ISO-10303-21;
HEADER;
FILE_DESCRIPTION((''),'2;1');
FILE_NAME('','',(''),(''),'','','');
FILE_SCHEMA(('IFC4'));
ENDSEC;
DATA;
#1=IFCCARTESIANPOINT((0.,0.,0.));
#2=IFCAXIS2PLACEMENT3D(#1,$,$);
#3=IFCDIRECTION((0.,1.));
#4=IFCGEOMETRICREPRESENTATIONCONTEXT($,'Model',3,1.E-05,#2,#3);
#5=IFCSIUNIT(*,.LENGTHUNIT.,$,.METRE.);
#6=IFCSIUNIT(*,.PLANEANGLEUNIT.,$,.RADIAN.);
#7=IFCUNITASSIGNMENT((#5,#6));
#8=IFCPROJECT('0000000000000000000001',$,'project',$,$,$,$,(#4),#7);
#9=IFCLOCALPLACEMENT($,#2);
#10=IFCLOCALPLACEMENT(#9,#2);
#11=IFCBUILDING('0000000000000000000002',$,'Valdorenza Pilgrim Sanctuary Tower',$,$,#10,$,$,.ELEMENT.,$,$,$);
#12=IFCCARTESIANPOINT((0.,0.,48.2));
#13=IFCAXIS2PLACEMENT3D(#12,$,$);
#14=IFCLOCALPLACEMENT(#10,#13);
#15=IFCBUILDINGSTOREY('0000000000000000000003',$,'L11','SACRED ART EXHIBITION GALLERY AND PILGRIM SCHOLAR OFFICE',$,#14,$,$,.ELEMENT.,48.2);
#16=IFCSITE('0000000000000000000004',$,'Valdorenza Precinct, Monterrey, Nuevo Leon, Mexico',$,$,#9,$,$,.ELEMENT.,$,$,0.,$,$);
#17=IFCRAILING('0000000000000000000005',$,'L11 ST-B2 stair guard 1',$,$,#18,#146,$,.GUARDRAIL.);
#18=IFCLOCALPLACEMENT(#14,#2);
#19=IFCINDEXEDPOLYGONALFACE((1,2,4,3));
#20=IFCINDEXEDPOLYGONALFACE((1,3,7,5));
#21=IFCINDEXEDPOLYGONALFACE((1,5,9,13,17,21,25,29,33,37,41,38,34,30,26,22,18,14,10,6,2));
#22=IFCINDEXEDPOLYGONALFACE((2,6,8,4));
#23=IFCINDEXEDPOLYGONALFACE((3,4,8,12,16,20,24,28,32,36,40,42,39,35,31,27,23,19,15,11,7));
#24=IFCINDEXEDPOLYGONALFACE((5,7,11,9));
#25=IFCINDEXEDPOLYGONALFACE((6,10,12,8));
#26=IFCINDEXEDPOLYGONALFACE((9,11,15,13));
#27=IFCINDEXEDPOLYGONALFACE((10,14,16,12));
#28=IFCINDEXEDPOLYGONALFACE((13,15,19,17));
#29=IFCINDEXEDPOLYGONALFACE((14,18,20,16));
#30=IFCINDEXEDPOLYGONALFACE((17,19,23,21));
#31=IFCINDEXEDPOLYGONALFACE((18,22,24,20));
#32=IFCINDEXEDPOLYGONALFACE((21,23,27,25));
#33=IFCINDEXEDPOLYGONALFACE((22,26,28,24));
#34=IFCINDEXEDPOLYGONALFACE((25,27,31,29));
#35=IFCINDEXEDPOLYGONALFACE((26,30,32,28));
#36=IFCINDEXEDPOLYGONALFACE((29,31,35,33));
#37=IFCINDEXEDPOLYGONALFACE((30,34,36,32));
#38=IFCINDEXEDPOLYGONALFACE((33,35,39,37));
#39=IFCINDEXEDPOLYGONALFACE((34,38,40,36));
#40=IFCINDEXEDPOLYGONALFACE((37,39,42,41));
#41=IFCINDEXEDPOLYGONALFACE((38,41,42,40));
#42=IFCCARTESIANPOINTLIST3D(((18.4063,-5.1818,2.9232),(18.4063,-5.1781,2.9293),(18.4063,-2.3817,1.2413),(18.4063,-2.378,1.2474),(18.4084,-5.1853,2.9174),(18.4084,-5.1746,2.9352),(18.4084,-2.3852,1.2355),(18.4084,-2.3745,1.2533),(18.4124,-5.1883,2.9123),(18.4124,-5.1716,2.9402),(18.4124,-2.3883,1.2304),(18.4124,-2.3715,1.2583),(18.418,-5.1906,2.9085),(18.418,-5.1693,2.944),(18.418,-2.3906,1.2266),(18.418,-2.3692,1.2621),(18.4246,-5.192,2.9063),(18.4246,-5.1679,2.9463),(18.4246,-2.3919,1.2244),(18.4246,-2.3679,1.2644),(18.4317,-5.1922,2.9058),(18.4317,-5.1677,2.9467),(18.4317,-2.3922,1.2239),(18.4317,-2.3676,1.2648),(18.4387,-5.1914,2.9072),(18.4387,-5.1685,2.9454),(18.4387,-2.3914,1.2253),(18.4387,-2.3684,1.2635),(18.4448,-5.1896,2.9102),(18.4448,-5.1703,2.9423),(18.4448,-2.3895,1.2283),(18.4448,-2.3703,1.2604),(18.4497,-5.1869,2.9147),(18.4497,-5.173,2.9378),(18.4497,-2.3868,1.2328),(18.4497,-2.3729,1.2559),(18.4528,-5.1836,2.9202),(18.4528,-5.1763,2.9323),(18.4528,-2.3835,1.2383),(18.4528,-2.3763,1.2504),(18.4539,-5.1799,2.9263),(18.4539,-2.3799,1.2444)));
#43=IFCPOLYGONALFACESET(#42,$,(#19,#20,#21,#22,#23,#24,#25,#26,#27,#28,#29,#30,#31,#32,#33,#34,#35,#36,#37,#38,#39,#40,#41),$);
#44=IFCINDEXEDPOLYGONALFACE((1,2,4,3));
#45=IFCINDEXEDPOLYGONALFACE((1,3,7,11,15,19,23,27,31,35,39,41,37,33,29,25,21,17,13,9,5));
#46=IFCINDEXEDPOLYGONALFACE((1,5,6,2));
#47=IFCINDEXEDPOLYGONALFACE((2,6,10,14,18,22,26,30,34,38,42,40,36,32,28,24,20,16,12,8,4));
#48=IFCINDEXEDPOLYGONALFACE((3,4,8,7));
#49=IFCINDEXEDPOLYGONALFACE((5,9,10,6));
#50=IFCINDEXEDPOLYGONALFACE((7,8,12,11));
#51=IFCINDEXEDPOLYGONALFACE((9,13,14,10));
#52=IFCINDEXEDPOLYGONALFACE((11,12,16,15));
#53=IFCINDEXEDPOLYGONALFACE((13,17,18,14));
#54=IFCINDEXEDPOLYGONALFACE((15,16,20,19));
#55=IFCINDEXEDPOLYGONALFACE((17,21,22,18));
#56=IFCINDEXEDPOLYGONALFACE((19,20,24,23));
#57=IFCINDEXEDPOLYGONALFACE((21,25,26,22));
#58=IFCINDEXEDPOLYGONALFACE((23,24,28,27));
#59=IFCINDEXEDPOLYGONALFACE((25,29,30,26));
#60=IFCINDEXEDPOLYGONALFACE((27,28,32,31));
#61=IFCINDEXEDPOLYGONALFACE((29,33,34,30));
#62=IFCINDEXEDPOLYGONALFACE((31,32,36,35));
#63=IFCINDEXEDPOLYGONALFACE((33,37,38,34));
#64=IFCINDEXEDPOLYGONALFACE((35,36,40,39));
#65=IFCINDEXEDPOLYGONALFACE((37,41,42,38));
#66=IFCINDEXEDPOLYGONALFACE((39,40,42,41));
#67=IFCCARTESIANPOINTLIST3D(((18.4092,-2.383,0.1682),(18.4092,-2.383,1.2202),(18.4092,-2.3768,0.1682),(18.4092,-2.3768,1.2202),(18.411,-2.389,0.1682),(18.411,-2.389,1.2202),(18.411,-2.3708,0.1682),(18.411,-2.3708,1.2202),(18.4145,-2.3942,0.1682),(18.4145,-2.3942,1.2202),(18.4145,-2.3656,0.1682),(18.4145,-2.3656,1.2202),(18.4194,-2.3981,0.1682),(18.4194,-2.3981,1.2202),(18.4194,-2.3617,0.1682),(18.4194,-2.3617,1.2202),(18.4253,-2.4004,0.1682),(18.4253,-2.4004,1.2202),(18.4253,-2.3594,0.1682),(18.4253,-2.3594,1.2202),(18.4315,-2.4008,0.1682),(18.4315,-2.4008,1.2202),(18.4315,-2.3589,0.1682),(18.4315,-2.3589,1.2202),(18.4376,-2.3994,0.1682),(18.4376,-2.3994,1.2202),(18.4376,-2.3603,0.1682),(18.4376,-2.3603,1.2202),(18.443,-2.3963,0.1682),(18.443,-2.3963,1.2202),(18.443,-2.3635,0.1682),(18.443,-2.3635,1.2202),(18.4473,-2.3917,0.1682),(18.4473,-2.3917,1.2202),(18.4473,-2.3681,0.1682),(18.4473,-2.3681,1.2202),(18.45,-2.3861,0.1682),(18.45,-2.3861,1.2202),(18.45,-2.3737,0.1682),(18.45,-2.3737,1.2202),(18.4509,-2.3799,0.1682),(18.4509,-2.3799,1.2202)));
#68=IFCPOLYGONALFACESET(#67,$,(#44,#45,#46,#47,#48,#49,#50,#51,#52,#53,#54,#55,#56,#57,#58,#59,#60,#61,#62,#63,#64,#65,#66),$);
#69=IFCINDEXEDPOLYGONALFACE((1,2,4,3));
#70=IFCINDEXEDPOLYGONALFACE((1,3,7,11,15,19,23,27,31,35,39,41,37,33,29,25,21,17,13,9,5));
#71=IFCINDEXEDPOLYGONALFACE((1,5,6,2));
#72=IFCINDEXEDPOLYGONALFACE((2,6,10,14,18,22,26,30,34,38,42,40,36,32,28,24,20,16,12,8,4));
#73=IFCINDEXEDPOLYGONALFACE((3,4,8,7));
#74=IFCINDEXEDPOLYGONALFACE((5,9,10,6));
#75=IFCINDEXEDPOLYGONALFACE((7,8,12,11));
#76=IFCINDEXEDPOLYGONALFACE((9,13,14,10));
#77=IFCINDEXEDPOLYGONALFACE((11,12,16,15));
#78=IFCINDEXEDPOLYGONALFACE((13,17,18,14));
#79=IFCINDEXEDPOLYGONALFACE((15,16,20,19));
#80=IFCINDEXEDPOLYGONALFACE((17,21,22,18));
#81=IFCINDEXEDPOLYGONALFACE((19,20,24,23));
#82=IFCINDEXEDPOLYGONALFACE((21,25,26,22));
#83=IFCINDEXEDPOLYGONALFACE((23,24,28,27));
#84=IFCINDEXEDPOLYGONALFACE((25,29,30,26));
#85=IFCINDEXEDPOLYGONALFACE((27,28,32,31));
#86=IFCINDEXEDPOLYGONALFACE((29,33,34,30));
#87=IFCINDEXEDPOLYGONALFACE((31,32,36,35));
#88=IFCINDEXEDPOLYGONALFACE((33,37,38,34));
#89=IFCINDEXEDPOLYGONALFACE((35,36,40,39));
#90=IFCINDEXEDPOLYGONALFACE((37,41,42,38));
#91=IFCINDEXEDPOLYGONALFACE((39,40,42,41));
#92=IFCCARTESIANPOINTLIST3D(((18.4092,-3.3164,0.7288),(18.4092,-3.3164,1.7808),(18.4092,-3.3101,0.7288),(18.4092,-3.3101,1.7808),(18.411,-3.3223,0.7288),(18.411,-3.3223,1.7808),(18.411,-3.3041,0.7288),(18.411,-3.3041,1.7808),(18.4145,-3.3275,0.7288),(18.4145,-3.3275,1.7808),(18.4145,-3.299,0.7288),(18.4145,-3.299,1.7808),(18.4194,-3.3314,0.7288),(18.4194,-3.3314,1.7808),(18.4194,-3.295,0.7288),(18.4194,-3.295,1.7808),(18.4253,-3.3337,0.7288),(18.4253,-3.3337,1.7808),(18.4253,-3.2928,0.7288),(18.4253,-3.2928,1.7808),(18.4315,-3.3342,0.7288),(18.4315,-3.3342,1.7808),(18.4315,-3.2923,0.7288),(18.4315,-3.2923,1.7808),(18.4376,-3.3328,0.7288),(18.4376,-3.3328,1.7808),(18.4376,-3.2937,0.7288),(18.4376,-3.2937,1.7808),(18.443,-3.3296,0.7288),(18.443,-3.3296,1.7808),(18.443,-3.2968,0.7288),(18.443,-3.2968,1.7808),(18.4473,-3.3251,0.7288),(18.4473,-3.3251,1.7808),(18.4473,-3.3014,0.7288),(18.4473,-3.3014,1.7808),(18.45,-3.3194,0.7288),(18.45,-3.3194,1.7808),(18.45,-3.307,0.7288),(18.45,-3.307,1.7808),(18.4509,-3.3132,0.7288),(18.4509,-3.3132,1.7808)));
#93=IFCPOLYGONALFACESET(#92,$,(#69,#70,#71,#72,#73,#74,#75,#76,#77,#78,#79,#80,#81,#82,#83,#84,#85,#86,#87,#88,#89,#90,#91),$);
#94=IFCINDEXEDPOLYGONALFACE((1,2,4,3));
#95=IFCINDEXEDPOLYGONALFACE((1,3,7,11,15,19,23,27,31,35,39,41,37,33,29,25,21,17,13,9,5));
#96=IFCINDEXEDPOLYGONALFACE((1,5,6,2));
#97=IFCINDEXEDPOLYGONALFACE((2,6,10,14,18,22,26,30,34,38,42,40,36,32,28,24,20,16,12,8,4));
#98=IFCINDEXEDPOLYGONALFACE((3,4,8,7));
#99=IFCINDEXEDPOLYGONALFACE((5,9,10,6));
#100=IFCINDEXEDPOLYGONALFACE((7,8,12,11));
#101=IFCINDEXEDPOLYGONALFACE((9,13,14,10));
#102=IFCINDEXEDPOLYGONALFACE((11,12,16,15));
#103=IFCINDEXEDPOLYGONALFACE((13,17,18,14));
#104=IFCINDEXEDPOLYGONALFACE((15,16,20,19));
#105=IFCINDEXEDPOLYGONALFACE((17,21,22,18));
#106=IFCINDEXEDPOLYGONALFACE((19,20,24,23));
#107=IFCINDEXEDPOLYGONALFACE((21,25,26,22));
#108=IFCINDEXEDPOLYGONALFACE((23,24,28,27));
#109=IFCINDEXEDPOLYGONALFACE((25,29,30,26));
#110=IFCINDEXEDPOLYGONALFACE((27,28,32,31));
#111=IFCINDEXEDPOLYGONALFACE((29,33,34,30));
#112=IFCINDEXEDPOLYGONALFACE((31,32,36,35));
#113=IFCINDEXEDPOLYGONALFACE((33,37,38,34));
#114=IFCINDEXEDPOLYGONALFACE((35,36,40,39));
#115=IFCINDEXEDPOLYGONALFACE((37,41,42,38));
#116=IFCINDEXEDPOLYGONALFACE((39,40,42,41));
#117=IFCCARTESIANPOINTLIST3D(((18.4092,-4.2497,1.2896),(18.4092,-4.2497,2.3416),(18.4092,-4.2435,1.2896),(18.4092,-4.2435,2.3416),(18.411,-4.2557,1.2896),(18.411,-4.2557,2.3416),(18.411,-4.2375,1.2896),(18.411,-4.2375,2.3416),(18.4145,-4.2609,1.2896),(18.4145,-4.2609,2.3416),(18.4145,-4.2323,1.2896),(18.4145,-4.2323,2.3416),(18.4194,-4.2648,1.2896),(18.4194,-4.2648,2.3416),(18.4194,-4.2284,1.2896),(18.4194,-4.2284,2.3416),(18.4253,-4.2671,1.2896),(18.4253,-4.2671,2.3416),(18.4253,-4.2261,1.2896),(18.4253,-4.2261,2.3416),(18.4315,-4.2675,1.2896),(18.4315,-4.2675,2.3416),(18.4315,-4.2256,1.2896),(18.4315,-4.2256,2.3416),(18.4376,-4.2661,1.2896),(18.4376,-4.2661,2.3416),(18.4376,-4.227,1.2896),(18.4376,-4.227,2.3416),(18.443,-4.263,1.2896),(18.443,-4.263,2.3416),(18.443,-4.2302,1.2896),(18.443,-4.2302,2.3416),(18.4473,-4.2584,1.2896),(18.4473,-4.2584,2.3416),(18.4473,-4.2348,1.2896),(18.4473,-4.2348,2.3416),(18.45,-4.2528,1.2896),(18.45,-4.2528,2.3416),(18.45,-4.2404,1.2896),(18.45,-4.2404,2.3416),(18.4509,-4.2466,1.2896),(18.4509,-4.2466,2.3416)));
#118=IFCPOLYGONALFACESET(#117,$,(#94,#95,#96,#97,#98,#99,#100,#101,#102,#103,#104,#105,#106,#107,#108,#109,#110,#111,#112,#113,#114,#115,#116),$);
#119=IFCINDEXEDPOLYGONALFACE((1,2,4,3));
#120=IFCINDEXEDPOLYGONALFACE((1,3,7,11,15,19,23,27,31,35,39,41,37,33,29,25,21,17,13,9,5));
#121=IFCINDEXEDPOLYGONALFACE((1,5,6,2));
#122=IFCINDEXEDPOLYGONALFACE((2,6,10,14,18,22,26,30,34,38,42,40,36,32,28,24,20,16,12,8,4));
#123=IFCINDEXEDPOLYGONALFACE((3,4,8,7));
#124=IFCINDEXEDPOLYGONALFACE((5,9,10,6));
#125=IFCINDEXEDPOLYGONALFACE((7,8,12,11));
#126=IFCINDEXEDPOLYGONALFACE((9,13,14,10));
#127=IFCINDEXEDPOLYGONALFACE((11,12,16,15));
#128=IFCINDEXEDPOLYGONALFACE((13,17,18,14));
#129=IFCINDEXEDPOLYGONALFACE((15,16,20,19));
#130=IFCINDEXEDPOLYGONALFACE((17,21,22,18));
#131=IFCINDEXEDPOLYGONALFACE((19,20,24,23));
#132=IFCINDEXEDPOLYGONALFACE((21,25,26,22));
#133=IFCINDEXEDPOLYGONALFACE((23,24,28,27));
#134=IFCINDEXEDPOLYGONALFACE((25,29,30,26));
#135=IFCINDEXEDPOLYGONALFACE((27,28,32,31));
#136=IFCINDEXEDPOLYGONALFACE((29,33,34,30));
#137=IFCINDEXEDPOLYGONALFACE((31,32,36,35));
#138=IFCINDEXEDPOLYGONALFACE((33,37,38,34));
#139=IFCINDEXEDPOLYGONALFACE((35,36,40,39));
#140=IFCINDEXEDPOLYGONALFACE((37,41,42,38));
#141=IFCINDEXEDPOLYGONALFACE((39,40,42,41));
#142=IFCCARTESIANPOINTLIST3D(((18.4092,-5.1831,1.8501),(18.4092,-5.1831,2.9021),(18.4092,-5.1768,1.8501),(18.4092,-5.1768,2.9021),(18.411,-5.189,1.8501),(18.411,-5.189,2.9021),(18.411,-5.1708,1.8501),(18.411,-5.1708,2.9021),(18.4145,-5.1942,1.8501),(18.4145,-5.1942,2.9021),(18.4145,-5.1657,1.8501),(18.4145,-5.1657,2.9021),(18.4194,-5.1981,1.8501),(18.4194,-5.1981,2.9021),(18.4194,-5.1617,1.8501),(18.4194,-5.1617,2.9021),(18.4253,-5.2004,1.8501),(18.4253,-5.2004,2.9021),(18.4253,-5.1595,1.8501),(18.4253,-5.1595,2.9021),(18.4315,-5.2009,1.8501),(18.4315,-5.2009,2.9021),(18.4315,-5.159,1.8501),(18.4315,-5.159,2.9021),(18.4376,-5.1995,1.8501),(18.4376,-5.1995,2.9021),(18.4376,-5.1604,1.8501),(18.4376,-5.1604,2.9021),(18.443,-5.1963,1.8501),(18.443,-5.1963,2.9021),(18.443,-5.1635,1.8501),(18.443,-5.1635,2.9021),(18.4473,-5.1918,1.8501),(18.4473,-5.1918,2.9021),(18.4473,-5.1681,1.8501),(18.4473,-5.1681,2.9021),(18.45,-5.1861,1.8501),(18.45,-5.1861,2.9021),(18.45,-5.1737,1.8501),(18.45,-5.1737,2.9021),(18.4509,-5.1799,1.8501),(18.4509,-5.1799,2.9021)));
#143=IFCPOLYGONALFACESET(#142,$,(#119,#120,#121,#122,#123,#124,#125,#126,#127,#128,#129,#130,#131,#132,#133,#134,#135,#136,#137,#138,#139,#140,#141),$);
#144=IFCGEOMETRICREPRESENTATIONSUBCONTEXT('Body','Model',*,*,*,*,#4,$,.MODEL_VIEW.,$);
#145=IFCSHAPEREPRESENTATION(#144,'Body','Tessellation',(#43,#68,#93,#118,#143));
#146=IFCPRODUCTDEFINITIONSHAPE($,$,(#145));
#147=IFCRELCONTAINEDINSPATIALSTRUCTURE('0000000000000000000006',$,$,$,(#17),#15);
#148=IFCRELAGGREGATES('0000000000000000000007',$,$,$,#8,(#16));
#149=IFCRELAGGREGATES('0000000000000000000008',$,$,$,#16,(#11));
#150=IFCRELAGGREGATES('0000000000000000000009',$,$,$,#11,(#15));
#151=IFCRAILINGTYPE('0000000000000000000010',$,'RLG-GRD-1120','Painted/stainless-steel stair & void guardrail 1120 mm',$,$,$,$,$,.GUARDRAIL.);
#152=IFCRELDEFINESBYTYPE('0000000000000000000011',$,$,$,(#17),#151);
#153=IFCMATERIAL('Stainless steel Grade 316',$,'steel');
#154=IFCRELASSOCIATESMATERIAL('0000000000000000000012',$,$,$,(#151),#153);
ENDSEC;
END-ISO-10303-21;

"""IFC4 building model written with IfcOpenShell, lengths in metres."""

from ifc_helpers import new_model, si_unit, direction, frame, origin, origin_2d, place, context, subcontext, project, spatial, circle, extrude, material, type_object, element, save


model = new_model("IFC4")

# Units and contexts
model_context = context("Model", 3, precision=1e-05, world=origin(), true_north=direction((0.0, 1.0)))
body_context = subcontext(model_context, "Body", "Model", "MODEL_VIEW")
ifc_project = project(units=[si_unit("LENGTHUNIT", "METRE"), si_unit("PLANEANGLEUNIT", "RADIAN")], contexts=[model_context])

# Site, building, storey
site_placement = place(None, origin())
site = spatial("IfcSite", under=ifc_project, at=site_placement, Name="Valdorenza Precinct, Monterrey, Nuevo Leon, Mexico", CompositionType="ELEMENT", RefElevation=0.0)
building_placement = place(site_placement, origin())
building = spatial("IfcBuilding", under=site, at=building_placement, Name="Valdorenza Pilgrim Sanctuary Tower", CompositionType="ELEMENT")
storey_placement = place(building_placement, frame((0.0, 0.0, 48.2)))
storey = spatial("IfcBuildingStorey", under=building, at=storey_placement, Name="L11", Description="SACRED ART EXHIBITION GALLERY AND PILGRIM SCHOLAR OFFICE", CompositionType="ELEMENT", Elevation=48.2)

# Railing
ifc_material_1 = material(Name="Stainless steel Grade 316", Category="steel")
railing_type_1 = type_object("IfcRailingType", Name="RLG-GRD-1120", Description="Painted/stainless-steel stair & void guardrail 1120 mm", PredefinedType="GUARDRAIL", material=ifc_material_1)
railing_1_placement = place(storey_placement, frame((18.4299, -2.3799, 0.1682)))
element("IfcRailing", 1, at=railing_1_placement, inside=storey, type_object=railing_type_1, Name="L11 ST-B2 stair guard 1", PredefinedType="GUARDRAIL", context=body_context, shape_type="SweptSolid", body=[
    extrude(circle(Radius=0.0239, at=origin_2d()), frame((0.0, 0.0, 1.0762), z_axis=(0.0, -0.857242, 0.514913), x_axis=(1.0, 0.0, 0.0)), (0.0, 0.0, 1.0), 3.2664),
    extrude(circle(Radius=0.021, at=origin_2d()), origin(), (0.0, 0.0, 1.0), 1.052),
    extrude(circle(Radius=0.021, at=origin_2d()), frame((0.0, -0.9333, 0.5605)), (0.0, 0.0, 1.0), 1.052),
    extrude(circle(Radius=0.021, at=origin_2d()), frame((0.0, -1.8667, 1.1213)), (0.0, 0.0, 1.0), 1.052),
    extrude(circle(Radius=0.021, at=origin_2d()), frame((0.0, -2.8, 1.6819)), (0.0, 0.0, 1.0), 1.052),
])

save(model, "model.ifc")
